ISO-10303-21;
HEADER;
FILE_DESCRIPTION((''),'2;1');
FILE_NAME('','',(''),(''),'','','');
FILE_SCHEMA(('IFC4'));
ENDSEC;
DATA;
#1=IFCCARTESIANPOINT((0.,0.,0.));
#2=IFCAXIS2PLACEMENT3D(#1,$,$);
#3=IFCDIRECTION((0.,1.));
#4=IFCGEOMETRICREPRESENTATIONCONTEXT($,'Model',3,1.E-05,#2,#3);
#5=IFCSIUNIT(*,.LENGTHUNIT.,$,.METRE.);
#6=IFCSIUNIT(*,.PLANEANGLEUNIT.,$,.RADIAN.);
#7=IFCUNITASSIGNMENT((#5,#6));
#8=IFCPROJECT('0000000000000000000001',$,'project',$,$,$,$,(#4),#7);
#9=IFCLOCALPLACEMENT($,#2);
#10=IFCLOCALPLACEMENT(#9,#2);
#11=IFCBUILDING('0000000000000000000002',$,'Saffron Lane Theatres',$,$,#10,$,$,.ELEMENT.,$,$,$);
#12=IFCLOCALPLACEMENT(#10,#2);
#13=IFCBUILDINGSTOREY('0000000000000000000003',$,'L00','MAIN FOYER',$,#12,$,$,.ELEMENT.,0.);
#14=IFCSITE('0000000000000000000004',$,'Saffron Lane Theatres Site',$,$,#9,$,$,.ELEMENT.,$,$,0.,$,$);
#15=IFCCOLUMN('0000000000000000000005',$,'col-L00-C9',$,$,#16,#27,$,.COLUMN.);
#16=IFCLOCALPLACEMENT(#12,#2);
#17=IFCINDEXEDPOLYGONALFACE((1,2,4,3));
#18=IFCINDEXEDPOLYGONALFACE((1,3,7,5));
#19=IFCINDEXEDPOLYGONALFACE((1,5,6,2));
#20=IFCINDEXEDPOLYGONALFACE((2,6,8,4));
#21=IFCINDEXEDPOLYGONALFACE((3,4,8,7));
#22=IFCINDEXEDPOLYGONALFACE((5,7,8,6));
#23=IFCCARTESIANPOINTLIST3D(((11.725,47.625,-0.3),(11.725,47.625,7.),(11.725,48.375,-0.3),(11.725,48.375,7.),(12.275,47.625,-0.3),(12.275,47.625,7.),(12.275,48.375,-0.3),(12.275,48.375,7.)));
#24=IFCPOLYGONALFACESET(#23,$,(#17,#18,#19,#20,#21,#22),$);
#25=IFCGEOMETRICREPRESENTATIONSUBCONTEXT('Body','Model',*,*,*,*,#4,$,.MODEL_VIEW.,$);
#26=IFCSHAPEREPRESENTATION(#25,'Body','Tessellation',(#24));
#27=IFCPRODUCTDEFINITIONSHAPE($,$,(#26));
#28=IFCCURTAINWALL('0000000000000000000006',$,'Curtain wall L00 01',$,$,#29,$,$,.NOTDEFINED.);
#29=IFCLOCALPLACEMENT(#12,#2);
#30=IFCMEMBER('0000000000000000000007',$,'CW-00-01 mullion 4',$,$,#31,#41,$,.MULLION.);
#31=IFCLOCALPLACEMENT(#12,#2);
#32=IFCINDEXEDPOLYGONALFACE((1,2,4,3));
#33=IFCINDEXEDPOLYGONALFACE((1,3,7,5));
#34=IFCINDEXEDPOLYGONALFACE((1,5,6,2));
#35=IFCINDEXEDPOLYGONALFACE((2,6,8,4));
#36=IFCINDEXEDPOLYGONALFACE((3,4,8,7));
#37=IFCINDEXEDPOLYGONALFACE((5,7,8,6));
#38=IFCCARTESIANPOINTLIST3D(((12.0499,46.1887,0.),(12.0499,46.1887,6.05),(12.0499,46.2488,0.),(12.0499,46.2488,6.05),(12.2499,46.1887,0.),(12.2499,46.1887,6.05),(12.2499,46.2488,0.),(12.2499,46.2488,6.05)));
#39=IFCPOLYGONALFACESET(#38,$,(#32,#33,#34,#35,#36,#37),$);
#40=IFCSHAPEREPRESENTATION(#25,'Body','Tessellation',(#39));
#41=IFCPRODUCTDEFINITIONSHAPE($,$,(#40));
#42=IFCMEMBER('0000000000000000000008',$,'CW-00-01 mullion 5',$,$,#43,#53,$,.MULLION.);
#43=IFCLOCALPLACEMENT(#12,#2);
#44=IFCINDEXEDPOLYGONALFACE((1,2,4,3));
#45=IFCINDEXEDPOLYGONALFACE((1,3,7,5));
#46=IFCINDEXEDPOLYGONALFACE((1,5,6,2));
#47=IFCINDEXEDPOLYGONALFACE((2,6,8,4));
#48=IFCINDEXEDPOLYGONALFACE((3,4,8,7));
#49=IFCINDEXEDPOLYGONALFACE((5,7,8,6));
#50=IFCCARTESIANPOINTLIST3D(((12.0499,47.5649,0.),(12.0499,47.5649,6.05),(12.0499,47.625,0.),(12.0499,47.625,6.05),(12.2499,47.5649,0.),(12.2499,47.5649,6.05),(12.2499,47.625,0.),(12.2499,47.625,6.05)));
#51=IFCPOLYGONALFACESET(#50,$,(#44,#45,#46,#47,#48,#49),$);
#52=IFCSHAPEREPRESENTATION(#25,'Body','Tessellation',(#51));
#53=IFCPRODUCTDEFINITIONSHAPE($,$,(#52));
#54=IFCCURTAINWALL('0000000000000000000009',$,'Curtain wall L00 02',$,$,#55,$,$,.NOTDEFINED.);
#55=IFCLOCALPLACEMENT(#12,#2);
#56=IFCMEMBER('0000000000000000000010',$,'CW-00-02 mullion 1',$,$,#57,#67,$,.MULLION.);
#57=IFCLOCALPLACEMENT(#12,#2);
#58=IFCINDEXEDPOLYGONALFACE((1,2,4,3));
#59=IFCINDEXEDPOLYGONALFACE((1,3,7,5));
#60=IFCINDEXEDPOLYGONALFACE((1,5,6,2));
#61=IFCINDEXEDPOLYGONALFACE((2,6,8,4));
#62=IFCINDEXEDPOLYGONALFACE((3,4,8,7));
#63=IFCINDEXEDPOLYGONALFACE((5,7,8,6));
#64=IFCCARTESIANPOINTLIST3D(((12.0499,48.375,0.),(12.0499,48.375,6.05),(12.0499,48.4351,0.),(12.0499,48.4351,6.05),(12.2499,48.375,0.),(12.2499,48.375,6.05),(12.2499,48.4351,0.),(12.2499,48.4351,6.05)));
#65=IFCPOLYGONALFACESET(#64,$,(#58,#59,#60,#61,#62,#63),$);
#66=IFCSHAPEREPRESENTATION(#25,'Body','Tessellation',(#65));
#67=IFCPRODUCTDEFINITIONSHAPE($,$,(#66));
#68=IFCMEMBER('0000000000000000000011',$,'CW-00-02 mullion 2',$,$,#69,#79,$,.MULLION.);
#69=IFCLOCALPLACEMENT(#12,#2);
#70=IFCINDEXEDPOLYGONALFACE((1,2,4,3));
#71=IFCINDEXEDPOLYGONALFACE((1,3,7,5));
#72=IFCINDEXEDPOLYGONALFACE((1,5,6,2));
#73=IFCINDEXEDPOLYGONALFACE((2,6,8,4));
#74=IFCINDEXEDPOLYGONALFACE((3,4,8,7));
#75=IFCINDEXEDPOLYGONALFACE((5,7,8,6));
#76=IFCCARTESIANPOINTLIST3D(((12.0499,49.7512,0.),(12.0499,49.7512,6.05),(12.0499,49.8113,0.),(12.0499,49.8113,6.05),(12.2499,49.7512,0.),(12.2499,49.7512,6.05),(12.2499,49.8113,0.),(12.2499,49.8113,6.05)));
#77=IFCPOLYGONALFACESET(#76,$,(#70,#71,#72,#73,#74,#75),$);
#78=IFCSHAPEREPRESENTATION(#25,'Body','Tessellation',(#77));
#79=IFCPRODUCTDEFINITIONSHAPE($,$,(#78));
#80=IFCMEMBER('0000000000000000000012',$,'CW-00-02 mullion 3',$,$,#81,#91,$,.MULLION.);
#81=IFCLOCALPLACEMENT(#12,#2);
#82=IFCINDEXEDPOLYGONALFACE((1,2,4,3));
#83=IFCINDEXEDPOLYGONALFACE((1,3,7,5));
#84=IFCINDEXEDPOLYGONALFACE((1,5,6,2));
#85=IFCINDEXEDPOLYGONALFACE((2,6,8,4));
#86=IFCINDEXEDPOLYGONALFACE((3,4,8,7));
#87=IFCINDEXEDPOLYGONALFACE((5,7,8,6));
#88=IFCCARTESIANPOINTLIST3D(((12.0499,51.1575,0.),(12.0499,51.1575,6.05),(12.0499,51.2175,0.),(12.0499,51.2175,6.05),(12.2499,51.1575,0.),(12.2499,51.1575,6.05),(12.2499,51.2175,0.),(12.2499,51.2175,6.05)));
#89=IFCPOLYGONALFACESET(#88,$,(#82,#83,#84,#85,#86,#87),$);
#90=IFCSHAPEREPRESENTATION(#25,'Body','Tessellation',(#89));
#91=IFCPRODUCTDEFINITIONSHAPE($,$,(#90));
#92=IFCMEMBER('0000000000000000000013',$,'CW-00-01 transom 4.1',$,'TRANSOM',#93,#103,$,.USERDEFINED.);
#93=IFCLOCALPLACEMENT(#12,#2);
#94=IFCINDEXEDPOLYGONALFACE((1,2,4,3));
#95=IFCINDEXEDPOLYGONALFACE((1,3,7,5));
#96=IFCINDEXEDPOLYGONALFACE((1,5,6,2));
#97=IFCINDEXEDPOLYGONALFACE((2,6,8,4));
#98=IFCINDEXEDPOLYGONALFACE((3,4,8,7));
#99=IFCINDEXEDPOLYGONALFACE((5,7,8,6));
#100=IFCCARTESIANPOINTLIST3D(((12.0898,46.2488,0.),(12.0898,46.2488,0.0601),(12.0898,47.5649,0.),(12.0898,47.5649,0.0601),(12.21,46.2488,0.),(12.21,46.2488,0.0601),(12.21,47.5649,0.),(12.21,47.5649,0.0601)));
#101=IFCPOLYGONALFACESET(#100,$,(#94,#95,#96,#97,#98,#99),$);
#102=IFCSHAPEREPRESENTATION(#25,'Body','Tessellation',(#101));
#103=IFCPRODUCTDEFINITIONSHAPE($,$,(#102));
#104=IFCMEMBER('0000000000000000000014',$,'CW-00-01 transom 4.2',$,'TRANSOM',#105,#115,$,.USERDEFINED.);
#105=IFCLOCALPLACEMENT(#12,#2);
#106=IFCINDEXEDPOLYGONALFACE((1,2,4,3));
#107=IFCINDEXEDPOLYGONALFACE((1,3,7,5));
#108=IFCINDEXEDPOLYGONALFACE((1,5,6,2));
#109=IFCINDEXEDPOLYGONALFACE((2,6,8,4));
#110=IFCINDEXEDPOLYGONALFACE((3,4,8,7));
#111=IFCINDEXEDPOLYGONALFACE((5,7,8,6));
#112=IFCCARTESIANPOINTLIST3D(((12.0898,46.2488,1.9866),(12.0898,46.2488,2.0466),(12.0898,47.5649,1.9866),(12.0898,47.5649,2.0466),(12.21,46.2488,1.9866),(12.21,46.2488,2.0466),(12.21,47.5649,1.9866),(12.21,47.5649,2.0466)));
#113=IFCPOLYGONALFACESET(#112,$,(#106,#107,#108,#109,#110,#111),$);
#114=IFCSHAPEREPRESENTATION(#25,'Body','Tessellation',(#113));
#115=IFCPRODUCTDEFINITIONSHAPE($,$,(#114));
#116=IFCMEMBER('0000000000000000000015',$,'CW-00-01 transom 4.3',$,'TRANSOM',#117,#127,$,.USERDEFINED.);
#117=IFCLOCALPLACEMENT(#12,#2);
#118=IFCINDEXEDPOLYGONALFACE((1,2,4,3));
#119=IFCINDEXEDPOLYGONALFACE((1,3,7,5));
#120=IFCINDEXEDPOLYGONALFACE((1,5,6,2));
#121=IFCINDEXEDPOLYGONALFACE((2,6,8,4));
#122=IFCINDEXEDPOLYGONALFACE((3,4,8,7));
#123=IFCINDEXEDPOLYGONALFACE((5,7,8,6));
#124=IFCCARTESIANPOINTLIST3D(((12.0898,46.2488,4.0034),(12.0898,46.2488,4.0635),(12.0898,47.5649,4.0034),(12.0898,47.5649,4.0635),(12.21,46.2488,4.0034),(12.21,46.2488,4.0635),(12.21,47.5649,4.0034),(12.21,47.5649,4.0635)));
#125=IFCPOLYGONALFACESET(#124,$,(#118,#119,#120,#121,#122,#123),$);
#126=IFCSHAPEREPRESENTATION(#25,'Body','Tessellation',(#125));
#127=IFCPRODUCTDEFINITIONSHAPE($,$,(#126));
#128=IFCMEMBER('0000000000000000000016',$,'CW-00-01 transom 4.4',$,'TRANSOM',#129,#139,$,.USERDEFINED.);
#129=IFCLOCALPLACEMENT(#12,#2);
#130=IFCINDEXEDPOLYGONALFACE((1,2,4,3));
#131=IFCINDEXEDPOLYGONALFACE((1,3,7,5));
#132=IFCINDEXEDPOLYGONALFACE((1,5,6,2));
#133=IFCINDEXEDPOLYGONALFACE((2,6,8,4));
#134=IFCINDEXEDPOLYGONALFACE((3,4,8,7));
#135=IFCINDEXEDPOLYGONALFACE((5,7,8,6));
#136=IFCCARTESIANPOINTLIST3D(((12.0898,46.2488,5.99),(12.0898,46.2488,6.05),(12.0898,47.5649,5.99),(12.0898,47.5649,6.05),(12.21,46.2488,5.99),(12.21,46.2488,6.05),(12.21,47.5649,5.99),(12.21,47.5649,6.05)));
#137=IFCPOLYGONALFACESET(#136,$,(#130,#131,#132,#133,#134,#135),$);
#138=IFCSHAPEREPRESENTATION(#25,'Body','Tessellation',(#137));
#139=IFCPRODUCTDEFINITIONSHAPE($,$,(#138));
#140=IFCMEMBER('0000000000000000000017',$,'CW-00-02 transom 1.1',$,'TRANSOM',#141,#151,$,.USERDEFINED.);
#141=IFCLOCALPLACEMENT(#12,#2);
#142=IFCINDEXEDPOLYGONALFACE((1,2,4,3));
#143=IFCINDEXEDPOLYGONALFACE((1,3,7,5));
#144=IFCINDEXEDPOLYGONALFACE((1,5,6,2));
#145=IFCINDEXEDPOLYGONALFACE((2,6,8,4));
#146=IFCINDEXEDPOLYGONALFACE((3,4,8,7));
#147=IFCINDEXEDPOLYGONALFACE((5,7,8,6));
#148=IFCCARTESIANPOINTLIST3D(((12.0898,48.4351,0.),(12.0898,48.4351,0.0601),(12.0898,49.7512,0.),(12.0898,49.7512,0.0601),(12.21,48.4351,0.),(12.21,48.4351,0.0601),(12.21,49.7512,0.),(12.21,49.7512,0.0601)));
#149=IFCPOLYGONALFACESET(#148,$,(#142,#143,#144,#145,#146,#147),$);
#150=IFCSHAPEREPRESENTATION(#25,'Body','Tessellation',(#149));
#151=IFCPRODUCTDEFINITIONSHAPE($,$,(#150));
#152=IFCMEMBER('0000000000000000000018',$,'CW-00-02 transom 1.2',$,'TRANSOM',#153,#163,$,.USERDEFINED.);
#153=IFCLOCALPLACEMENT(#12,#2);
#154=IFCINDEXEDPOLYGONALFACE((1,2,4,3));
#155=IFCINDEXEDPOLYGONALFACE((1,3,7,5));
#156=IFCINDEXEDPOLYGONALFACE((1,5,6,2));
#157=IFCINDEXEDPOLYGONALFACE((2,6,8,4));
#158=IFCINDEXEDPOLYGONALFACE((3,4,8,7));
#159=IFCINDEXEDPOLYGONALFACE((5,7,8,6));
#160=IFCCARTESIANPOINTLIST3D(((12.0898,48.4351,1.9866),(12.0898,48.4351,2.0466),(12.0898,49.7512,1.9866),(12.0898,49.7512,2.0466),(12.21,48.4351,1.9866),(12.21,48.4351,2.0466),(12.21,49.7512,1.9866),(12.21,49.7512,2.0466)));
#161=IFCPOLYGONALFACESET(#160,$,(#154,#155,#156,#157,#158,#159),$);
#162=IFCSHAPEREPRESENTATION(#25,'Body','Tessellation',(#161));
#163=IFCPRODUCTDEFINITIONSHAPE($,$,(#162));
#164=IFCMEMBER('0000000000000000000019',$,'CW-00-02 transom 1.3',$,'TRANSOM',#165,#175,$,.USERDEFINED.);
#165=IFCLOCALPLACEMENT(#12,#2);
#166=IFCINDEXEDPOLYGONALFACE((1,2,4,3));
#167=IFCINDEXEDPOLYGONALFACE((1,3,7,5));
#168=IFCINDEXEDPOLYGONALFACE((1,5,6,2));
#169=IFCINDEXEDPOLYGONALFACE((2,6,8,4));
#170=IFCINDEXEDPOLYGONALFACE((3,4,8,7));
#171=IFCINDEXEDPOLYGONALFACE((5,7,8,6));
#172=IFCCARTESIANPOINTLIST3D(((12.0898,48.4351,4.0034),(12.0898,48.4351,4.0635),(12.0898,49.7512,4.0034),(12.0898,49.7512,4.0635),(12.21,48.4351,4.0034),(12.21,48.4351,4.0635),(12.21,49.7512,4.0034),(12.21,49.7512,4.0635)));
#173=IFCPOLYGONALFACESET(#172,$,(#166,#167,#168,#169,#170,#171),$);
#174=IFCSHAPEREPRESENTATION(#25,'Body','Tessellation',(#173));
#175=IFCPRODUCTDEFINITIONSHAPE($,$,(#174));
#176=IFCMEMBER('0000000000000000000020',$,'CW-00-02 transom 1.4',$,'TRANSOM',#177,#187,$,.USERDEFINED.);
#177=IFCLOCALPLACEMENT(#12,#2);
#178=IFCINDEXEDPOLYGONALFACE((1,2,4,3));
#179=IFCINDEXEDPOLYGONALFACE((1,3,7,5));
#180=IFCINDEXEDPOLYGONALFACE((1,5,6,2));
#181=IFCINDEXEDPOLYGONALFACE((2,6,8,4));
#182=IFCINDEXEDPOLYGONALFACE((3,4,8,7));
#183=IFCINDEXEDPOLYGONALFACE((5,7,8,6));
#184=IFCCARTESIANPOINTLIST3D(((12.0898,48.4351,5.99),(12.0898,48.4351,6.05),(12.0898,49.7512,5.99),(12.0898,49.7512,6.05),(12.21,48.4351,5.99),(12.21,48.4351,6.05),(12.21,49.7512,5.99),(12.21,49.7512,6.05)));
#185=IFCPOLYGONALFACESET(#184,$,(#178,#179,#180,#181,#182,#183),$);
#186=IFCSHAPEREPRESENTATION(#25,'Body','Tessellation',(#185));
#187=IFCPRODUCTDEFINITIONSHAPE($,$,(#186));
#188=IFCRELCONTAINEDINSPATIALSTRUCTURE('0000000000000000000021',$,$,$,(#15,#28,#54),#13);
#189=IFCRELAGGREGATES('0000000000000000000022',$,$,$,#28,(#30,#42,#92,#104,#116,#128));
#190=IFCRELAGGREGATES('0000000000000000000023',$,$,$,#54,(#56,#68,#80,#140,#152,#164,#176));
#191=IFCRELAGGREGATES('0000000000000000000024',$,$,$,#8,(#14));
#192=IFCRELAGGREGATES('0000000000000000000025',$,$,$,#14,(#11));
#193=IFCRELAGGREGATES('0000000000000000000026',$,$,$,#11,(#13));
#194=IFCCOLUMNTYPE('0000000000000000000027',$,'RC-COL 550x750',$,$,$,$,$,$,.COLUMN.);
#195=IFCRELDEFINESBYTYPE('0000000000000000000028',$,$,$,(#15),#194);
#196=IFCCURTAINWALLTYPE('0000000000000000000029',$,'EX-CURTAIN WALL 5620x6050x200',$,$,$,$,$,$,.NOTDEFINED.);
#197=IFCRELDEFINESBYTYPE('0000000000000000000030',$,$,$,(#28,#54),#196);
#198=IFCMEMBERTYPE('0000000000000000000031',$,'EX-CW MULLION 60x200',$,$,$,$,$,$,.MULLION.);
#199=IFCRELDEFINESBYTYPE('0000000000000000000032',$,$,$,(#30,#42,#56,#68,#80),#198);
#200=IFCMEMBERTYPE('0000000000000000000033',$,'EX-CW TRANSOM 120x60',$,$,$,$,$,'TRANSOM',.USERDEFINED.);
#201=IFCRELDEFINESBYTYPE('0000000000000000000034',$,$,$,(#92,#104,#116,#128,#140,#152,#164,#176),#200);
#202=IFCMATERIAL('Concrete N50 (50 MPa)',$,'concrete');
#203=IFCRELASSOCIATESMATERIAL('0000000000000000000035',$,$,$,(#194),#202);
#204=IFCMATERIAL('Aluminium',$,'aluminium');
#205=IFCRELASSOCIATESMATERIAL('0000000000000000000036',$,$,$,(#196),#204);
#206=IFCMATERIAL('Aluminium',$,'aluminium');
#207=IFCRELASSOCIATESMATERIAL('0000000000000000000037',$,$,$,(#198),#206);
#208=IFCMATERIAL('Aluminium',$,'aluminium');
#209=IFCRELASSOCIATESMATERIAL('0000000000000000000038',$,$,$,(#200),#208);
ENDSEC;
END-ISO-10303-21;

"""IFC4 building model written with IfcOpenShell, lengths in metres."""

from ifc_helpers import new_model, si_unit, direction, frame, origin, origin_2d, place, context, subcontext, project, spatial, rectangle, extrude, material, material_profile, profile_set, type_object, element, aggregate, save


model = new_model("IFC4")

# Units and contexts
model_context = context("Model", 3, precision=1e-05, world=origin(), true_north=direction((0.0, 1.0)))
body_context = subcontext(model_context, "Body", "Model", "MODEL_VIEW")
ifc_project = project(units=[si_unit("LENGTHUNIT", "METRE"), si_unit("PLANEANGLEUNIT", "RADIAN")], contexts=[model_context])

# Site, building, storey
site_placement = place(None, origin())
site = spatial("IfcSite", under=ifc_project, at=site_placement, Name="Saffron Lane Theatres Site", CompositionType="ELEMENT", RefElevation=0.0)
building_placement = place(site_placement, origin())
building = spatial("IfcBuilding", under=site, at=building_placement, Name="Saffron Lane Theatres", CompositionType="ELEMENT")
storey_placement = place(building_placement, origin())
storey = spatial("IfcBuildingStorey", under=building, at=storey_placement, Name="L00", Description="MAIN FOYER", CompositionType="ELEMENT", Elevation=0.0)

# Column
ifc_material_1 = material(Name="Concrete N50 (50 MPa)", Category="concrete")
ifc_material_profile_1 = material_profile(ifc_material_1, rectangle(XDim=0.55, YDim=0.75, at=origin_2d()))
ifc_profile_set_1 = profile_set([ifc_material_profile_1], Name="Concrete N50 (50 MPa)")
column_type = type_object("IfcColumnType", Name="RC-COL 550x750", PredefinedType="COLUMN", material=ifc_profile_set_1)
column_placement = place(storey_placement, frame((12.0, 48.0, -0.3), z_axis=(0.0, 0.0, 1.0), x_axis=(1.0, 0.0, 0.0)))
element("IfcColumn", 1, at=column_placement, inside=storey, type_object=column_type, Name="col-L00-C9", PredefinedType="COLUMN", context=body_context, shape_type="SweptSolid", body=[
    extrude(rectangle(XDim=0.55, YDim=0.75, at=origin_2d()), origin(), (0.0, 0.0, 1.0), 7.3),
])

# Curtain walls, members
ifc_material_2 = material(Name="Aluminium", Category="aluminium")
curtain_wall_type = type_object("IfcCurtainWallType", Name="EX-CURTAIN WALL 5620x6050x200", PredefinedType="NOTDEFINED", material=ifc_material_2)
curtain_wall_1_placement = place(storey_placement, origin())
curtain_wall_1 = element("IfcCurtainWall", 2, at=curtain_wall_1_placement, inside=storey, type_object=curtain_wall_type, Name="Curtain wall L00 01", PredefinedType="NOTDEFINED")
ifc_material_3 = material(Name="Aluminium", Category="aluminium")
ifc_material_profile_2 = material_profile(ifc_material_3, rectangle(XDim=0.0601, YDim=0.2, at=origin_2d()))
ifc_profile_set_2 = profile_set([ifc_material_profile_2], Name="Aluminium")
member_type_1 = type_object("IfcMemberType", Name="EX-CW MULLION 60x200", PredefinedType="MULLION", material=ifc_profile_set_2)
member_1_placement = place(storey_placement, frame((12.1499, 46.2188, 0.0), z_axis=(0.0, 0.0, 1.0), x_axis=(0.0, 1.0, 0.0)))
member_1 = element("IfcMember", 3, at=member_1_placement, type_object=member_type_1, Name="CW-00-01 mullion 4", PredefinedType="MULLION", context=body_context, shape_type="SweptSolid", body=[
    extrude(rectangle(XDim=0.0601, YDim=0.2, at=origin_2d()), origin(), (0.0, 0.0, 1.0), 6.05),
])
member_2_placement = place(storey_placement, frame((12.1499, 47.595, 0.0), z_axis=(0.0, 0.0, 1.0), x_axis=(0.0, 1.0, 0.0)))
member_2 = element("IfcMember", 4, at=member_2_placement, type_object=member_type_1, Name="CW-00-01 mullion 5", PredefinedType="MULLION", context=body_context, shape_type="SweptSolid", body=[
    extrude(rectangle(XDim=0.0601, YDim=0.2, at=origin_2d()), origin(), (0.0, 0.0, 1.0), 6.05),
])
curtain_wall_2_placement = place(storey_placement, origin())
curtain_wall_2 = element("IfcCurtainWall", 5, at=curtain_wall_2_placement, inside=storey, type_object=curtain_wall_type, Name="Curtain wall L00 02", PredefinedType="NOTDEFINED")
member_3_placement = place(storey_placement, frame((12.1499, 48.405, 0.0), z_axis=(0.0, 0.0, 1.0), x_axis=(0.0, 1.0, 0.0)))
member_3 = element("IfcMember", 6, at=member_3_placement, type_object=member_type_1, Name="CW-00-02 mullion 1", PredefinedType="MULLION", context=body_context, shape_type="SweptSolid", body=[
    extrude(rectangle(XDim=0.0601, YDim=0.2, at=origin_2d()), origin(), (0.0, 0.0, 1.0), 6.05),
])
member_4_placement = place(storey_placement, frame((12.1499, 49.7812, 0.0), z_axis=(0.0, 0.0, 1.0), x_axis=(0.0, 1.0, 0.0)))
member_4 = element("IfcMember", 7, at=member_4_placement, type_object=member_type_1, Name="CW-00-02 mullion 2", PredefinedType="MULLION", context=body_context, shape_type="SweptSolid", body=[
    extrude(rectangle(XDim=0.0601, YDim=0.2, at=origin_2d()), origin(), (0.0, 0.0, 1.0), 6.05),
])
member_5_placement = place(storey_placement, frame((12.1499, 51.1875, 0.0), z_axis=(0.0, 0.0, 1.0), x_axis=(0.0, 1.0, 0.0)))
member_5 = element("IfcMember", 8, at=member_5_placement, type_object=member_type_1, Name="CW-00-02 mullion 3", PredefinedType="MULLION", context=body_context, shape_type="SweptSolid", body=[
    extrude(rectangle(XDim=0.0601, YDim=0.2, at=origin_2d()), origin(), (0.0, 0.0, 1.0), 6.05),
])

# Members
ifc_material_4 = material(Name="Aluminium", Category="aluminium")
ifc_material_profile_3 = material_profile(ifc_material_4, rectangle(XDim=0.1201, YDim=0.0601, at=origin_2d()))
ifc_profile_set_3 = profile_set([ifc_material_profile_3], Name="Aluminium")
member_type_2 = type_object("IfcMemberType", Name="EX-CW TRANSOM 120x60", ElementType="TRANSOM", PredefinedType="USERDEFINED", material=ifc_profile_set_3)
member_6_placement = place(storey_placement, frame((12.1499, 46.2488, 0.03), z_axis=(0.0, 1.0, 0.0), x_axis=(-1.0, 0.0, 0.0)))
member_6 = element("IfcMember", 9, at=member_6_placement, type_object=member_type_2, Name="CW-00-01 transom 4.1", ObjectType="TRANSOM", PredefinedType="USERDEFINED", context=body_context, shape_type="SweptSolid", body=[
    extrude(rectangle(XDim=0.1201, YDim=0.0601, at=origin_2d()), origin(), (0.0, 0.0, 1.0), 1.3162),
])
member_7_placement = place(storey_placement, frame((12.1499, 46.2488, 2.0166), z_axis=(0.0, 1.0, 0.0), x_axis=(-1.0, 0.0, 0.0)))
member_7 = element("IfcMember", 10, at=member_7_placement, type_object=member_type_2, Name="CW-00-01 transom 4.2", ObjectType="TRANSOM", PredefinedType="USERDEFINED", context=body_context, shape_type="SweptSolid", body=[
    extrude(rectangle(XDim=0.1201, YDim=0.0601, at=origin_2d()), origin(), (0.0, 0.0, 1.0), 1.3162),
])
member_8_placement = place(storey_placement, frame((12.1499, 46.2488, 4.0334), z_axis=(0.0, 1.0, 0.0), x_axis=(-1.0, 0.0, 0.0)))
member_8 = element("IfcMember", 11, at=member_8_placement, type_object=member_type_2, Name="CW-00-01 transom 4.3", ObjectType="TRANSOM", PredefinedType="USERDEFINED", context=body_context, shape_type="SweptSolid", body=[
    extrude(rectangle(XDim=0.1201, YDim=0.0601, at=origin_2d()), origin(), (0.0, 0.0, 1.0), 1.3162),
])
member_9_placement = place(storey_placement, frame((12.1499, 46.2488, 6.02), z_axis=(0.0, 1.0, 0.0), x_axis=(-1.0, 0.0, 0.0)))
member_9 = element("IfcMember", 12, at=member_9_placement, type_object=member_type_2, Name="CW-00-01 transom 4.4", ObjectType="TRANSOM", PredefinedType="USERDEFINED", context=body_context, shape_type="SweptSolid", body=[
    extrude(rectangle(XDim=0.1201, YDim=0.0601, at=origin_2d()), origin(), (0.0, 0.0, 1.0), 1.3162),
])
member_10_placement = place(storey_placement, frame((12.1499, 48.4351, 0.03), z_axis=(0.0, 1.0, 0.0), x_axis=(-1.0, 0.0, 0.0)))
member_10 = element("IfcMember", 13, at=member_10_placement, type_object=member_type_2, Name="CW-00-02 transom 1.1", ObjectType="TRANSOM", PredefinedType="USERDEFINED", context=body_context, shape_type="SweptSolid", body=[
    extrude(rectangle(XDim=0.1201, YDim=0.0601, at=origin_2d()), origin(), (0.0, 0.0, 1.0), 1.3162),
])
member_11_placement = place(storey_placement, frame((12.1499, 48.4351, 2.0166), z_axis=(0.0, 1.0, 0.0), x_axis=(-1.0, 0.0, 0.0)))
member_11 = element("IfcMember", 14, at=member_11_placement, type_object=member_type_2, Name="CW-00-02 transom 1.2", ObjectType="TRANSOM", PredefinedType="USERDEFINED", context=body_context, shape_type="SweptSolid", body=[
    extrude(rectangle(XDim=0.1201, YDim=0.0601, at=origin_2d()), origin(), (0.0, 0.0, 1.0), 1.3162),
])
member_12_placement = place(storey_placement, frame((12.1499, 48.4351, 4.0334), z_axis=(0.0, 1.0, 0.0), x_axis=(-1.0, 0.0, 0.0)))
member_12 = element("IfcMember", 15, at=member_12_placement, type_object=member_type_2, Name="CW-00-02 transom 1.3", ObjectType="TRANSOM", PredefinedType="USERDEFINED", context=body_context, shape_type="SweptSolid", body=[
    extrude(rectangle(XDim=0.1201, YDim=0.0601, at=origin_2d()), origin(), (0.0, 0.0, 1.0), 1.3162),
])
member_13_placement = place(storey_placement, frame((12.1499, 48.4351, 6.02), z_axis=(0.0, 1.0, 0.0), x_axis=(-1.0, 0.0, 0.0)))
member_13 = element("IfcMember", 16, at=member_13_placement, type_object=member_type_2, Name="CW-00-02 transom 1.4", ObjectType="TRANSOM", PredefinedType="USERDEFINED", context=body_context, shape_type="SweptSolid", body=[
    extrude(rectangle(XDim=0.1201, YDim=0.0601, at=origin_2d()), origin(), (0.0, 0.0, 1.0), 1.3162),
])

aggregate(curtain_wall_1, [member_1, member_2, member_6, member_7, member_8, member_9])
aggregate(curtain_wall_2, [member_3, member_4, member_5, member_10, member_11, member_12, member_13])

save(model, "model.ifc")
